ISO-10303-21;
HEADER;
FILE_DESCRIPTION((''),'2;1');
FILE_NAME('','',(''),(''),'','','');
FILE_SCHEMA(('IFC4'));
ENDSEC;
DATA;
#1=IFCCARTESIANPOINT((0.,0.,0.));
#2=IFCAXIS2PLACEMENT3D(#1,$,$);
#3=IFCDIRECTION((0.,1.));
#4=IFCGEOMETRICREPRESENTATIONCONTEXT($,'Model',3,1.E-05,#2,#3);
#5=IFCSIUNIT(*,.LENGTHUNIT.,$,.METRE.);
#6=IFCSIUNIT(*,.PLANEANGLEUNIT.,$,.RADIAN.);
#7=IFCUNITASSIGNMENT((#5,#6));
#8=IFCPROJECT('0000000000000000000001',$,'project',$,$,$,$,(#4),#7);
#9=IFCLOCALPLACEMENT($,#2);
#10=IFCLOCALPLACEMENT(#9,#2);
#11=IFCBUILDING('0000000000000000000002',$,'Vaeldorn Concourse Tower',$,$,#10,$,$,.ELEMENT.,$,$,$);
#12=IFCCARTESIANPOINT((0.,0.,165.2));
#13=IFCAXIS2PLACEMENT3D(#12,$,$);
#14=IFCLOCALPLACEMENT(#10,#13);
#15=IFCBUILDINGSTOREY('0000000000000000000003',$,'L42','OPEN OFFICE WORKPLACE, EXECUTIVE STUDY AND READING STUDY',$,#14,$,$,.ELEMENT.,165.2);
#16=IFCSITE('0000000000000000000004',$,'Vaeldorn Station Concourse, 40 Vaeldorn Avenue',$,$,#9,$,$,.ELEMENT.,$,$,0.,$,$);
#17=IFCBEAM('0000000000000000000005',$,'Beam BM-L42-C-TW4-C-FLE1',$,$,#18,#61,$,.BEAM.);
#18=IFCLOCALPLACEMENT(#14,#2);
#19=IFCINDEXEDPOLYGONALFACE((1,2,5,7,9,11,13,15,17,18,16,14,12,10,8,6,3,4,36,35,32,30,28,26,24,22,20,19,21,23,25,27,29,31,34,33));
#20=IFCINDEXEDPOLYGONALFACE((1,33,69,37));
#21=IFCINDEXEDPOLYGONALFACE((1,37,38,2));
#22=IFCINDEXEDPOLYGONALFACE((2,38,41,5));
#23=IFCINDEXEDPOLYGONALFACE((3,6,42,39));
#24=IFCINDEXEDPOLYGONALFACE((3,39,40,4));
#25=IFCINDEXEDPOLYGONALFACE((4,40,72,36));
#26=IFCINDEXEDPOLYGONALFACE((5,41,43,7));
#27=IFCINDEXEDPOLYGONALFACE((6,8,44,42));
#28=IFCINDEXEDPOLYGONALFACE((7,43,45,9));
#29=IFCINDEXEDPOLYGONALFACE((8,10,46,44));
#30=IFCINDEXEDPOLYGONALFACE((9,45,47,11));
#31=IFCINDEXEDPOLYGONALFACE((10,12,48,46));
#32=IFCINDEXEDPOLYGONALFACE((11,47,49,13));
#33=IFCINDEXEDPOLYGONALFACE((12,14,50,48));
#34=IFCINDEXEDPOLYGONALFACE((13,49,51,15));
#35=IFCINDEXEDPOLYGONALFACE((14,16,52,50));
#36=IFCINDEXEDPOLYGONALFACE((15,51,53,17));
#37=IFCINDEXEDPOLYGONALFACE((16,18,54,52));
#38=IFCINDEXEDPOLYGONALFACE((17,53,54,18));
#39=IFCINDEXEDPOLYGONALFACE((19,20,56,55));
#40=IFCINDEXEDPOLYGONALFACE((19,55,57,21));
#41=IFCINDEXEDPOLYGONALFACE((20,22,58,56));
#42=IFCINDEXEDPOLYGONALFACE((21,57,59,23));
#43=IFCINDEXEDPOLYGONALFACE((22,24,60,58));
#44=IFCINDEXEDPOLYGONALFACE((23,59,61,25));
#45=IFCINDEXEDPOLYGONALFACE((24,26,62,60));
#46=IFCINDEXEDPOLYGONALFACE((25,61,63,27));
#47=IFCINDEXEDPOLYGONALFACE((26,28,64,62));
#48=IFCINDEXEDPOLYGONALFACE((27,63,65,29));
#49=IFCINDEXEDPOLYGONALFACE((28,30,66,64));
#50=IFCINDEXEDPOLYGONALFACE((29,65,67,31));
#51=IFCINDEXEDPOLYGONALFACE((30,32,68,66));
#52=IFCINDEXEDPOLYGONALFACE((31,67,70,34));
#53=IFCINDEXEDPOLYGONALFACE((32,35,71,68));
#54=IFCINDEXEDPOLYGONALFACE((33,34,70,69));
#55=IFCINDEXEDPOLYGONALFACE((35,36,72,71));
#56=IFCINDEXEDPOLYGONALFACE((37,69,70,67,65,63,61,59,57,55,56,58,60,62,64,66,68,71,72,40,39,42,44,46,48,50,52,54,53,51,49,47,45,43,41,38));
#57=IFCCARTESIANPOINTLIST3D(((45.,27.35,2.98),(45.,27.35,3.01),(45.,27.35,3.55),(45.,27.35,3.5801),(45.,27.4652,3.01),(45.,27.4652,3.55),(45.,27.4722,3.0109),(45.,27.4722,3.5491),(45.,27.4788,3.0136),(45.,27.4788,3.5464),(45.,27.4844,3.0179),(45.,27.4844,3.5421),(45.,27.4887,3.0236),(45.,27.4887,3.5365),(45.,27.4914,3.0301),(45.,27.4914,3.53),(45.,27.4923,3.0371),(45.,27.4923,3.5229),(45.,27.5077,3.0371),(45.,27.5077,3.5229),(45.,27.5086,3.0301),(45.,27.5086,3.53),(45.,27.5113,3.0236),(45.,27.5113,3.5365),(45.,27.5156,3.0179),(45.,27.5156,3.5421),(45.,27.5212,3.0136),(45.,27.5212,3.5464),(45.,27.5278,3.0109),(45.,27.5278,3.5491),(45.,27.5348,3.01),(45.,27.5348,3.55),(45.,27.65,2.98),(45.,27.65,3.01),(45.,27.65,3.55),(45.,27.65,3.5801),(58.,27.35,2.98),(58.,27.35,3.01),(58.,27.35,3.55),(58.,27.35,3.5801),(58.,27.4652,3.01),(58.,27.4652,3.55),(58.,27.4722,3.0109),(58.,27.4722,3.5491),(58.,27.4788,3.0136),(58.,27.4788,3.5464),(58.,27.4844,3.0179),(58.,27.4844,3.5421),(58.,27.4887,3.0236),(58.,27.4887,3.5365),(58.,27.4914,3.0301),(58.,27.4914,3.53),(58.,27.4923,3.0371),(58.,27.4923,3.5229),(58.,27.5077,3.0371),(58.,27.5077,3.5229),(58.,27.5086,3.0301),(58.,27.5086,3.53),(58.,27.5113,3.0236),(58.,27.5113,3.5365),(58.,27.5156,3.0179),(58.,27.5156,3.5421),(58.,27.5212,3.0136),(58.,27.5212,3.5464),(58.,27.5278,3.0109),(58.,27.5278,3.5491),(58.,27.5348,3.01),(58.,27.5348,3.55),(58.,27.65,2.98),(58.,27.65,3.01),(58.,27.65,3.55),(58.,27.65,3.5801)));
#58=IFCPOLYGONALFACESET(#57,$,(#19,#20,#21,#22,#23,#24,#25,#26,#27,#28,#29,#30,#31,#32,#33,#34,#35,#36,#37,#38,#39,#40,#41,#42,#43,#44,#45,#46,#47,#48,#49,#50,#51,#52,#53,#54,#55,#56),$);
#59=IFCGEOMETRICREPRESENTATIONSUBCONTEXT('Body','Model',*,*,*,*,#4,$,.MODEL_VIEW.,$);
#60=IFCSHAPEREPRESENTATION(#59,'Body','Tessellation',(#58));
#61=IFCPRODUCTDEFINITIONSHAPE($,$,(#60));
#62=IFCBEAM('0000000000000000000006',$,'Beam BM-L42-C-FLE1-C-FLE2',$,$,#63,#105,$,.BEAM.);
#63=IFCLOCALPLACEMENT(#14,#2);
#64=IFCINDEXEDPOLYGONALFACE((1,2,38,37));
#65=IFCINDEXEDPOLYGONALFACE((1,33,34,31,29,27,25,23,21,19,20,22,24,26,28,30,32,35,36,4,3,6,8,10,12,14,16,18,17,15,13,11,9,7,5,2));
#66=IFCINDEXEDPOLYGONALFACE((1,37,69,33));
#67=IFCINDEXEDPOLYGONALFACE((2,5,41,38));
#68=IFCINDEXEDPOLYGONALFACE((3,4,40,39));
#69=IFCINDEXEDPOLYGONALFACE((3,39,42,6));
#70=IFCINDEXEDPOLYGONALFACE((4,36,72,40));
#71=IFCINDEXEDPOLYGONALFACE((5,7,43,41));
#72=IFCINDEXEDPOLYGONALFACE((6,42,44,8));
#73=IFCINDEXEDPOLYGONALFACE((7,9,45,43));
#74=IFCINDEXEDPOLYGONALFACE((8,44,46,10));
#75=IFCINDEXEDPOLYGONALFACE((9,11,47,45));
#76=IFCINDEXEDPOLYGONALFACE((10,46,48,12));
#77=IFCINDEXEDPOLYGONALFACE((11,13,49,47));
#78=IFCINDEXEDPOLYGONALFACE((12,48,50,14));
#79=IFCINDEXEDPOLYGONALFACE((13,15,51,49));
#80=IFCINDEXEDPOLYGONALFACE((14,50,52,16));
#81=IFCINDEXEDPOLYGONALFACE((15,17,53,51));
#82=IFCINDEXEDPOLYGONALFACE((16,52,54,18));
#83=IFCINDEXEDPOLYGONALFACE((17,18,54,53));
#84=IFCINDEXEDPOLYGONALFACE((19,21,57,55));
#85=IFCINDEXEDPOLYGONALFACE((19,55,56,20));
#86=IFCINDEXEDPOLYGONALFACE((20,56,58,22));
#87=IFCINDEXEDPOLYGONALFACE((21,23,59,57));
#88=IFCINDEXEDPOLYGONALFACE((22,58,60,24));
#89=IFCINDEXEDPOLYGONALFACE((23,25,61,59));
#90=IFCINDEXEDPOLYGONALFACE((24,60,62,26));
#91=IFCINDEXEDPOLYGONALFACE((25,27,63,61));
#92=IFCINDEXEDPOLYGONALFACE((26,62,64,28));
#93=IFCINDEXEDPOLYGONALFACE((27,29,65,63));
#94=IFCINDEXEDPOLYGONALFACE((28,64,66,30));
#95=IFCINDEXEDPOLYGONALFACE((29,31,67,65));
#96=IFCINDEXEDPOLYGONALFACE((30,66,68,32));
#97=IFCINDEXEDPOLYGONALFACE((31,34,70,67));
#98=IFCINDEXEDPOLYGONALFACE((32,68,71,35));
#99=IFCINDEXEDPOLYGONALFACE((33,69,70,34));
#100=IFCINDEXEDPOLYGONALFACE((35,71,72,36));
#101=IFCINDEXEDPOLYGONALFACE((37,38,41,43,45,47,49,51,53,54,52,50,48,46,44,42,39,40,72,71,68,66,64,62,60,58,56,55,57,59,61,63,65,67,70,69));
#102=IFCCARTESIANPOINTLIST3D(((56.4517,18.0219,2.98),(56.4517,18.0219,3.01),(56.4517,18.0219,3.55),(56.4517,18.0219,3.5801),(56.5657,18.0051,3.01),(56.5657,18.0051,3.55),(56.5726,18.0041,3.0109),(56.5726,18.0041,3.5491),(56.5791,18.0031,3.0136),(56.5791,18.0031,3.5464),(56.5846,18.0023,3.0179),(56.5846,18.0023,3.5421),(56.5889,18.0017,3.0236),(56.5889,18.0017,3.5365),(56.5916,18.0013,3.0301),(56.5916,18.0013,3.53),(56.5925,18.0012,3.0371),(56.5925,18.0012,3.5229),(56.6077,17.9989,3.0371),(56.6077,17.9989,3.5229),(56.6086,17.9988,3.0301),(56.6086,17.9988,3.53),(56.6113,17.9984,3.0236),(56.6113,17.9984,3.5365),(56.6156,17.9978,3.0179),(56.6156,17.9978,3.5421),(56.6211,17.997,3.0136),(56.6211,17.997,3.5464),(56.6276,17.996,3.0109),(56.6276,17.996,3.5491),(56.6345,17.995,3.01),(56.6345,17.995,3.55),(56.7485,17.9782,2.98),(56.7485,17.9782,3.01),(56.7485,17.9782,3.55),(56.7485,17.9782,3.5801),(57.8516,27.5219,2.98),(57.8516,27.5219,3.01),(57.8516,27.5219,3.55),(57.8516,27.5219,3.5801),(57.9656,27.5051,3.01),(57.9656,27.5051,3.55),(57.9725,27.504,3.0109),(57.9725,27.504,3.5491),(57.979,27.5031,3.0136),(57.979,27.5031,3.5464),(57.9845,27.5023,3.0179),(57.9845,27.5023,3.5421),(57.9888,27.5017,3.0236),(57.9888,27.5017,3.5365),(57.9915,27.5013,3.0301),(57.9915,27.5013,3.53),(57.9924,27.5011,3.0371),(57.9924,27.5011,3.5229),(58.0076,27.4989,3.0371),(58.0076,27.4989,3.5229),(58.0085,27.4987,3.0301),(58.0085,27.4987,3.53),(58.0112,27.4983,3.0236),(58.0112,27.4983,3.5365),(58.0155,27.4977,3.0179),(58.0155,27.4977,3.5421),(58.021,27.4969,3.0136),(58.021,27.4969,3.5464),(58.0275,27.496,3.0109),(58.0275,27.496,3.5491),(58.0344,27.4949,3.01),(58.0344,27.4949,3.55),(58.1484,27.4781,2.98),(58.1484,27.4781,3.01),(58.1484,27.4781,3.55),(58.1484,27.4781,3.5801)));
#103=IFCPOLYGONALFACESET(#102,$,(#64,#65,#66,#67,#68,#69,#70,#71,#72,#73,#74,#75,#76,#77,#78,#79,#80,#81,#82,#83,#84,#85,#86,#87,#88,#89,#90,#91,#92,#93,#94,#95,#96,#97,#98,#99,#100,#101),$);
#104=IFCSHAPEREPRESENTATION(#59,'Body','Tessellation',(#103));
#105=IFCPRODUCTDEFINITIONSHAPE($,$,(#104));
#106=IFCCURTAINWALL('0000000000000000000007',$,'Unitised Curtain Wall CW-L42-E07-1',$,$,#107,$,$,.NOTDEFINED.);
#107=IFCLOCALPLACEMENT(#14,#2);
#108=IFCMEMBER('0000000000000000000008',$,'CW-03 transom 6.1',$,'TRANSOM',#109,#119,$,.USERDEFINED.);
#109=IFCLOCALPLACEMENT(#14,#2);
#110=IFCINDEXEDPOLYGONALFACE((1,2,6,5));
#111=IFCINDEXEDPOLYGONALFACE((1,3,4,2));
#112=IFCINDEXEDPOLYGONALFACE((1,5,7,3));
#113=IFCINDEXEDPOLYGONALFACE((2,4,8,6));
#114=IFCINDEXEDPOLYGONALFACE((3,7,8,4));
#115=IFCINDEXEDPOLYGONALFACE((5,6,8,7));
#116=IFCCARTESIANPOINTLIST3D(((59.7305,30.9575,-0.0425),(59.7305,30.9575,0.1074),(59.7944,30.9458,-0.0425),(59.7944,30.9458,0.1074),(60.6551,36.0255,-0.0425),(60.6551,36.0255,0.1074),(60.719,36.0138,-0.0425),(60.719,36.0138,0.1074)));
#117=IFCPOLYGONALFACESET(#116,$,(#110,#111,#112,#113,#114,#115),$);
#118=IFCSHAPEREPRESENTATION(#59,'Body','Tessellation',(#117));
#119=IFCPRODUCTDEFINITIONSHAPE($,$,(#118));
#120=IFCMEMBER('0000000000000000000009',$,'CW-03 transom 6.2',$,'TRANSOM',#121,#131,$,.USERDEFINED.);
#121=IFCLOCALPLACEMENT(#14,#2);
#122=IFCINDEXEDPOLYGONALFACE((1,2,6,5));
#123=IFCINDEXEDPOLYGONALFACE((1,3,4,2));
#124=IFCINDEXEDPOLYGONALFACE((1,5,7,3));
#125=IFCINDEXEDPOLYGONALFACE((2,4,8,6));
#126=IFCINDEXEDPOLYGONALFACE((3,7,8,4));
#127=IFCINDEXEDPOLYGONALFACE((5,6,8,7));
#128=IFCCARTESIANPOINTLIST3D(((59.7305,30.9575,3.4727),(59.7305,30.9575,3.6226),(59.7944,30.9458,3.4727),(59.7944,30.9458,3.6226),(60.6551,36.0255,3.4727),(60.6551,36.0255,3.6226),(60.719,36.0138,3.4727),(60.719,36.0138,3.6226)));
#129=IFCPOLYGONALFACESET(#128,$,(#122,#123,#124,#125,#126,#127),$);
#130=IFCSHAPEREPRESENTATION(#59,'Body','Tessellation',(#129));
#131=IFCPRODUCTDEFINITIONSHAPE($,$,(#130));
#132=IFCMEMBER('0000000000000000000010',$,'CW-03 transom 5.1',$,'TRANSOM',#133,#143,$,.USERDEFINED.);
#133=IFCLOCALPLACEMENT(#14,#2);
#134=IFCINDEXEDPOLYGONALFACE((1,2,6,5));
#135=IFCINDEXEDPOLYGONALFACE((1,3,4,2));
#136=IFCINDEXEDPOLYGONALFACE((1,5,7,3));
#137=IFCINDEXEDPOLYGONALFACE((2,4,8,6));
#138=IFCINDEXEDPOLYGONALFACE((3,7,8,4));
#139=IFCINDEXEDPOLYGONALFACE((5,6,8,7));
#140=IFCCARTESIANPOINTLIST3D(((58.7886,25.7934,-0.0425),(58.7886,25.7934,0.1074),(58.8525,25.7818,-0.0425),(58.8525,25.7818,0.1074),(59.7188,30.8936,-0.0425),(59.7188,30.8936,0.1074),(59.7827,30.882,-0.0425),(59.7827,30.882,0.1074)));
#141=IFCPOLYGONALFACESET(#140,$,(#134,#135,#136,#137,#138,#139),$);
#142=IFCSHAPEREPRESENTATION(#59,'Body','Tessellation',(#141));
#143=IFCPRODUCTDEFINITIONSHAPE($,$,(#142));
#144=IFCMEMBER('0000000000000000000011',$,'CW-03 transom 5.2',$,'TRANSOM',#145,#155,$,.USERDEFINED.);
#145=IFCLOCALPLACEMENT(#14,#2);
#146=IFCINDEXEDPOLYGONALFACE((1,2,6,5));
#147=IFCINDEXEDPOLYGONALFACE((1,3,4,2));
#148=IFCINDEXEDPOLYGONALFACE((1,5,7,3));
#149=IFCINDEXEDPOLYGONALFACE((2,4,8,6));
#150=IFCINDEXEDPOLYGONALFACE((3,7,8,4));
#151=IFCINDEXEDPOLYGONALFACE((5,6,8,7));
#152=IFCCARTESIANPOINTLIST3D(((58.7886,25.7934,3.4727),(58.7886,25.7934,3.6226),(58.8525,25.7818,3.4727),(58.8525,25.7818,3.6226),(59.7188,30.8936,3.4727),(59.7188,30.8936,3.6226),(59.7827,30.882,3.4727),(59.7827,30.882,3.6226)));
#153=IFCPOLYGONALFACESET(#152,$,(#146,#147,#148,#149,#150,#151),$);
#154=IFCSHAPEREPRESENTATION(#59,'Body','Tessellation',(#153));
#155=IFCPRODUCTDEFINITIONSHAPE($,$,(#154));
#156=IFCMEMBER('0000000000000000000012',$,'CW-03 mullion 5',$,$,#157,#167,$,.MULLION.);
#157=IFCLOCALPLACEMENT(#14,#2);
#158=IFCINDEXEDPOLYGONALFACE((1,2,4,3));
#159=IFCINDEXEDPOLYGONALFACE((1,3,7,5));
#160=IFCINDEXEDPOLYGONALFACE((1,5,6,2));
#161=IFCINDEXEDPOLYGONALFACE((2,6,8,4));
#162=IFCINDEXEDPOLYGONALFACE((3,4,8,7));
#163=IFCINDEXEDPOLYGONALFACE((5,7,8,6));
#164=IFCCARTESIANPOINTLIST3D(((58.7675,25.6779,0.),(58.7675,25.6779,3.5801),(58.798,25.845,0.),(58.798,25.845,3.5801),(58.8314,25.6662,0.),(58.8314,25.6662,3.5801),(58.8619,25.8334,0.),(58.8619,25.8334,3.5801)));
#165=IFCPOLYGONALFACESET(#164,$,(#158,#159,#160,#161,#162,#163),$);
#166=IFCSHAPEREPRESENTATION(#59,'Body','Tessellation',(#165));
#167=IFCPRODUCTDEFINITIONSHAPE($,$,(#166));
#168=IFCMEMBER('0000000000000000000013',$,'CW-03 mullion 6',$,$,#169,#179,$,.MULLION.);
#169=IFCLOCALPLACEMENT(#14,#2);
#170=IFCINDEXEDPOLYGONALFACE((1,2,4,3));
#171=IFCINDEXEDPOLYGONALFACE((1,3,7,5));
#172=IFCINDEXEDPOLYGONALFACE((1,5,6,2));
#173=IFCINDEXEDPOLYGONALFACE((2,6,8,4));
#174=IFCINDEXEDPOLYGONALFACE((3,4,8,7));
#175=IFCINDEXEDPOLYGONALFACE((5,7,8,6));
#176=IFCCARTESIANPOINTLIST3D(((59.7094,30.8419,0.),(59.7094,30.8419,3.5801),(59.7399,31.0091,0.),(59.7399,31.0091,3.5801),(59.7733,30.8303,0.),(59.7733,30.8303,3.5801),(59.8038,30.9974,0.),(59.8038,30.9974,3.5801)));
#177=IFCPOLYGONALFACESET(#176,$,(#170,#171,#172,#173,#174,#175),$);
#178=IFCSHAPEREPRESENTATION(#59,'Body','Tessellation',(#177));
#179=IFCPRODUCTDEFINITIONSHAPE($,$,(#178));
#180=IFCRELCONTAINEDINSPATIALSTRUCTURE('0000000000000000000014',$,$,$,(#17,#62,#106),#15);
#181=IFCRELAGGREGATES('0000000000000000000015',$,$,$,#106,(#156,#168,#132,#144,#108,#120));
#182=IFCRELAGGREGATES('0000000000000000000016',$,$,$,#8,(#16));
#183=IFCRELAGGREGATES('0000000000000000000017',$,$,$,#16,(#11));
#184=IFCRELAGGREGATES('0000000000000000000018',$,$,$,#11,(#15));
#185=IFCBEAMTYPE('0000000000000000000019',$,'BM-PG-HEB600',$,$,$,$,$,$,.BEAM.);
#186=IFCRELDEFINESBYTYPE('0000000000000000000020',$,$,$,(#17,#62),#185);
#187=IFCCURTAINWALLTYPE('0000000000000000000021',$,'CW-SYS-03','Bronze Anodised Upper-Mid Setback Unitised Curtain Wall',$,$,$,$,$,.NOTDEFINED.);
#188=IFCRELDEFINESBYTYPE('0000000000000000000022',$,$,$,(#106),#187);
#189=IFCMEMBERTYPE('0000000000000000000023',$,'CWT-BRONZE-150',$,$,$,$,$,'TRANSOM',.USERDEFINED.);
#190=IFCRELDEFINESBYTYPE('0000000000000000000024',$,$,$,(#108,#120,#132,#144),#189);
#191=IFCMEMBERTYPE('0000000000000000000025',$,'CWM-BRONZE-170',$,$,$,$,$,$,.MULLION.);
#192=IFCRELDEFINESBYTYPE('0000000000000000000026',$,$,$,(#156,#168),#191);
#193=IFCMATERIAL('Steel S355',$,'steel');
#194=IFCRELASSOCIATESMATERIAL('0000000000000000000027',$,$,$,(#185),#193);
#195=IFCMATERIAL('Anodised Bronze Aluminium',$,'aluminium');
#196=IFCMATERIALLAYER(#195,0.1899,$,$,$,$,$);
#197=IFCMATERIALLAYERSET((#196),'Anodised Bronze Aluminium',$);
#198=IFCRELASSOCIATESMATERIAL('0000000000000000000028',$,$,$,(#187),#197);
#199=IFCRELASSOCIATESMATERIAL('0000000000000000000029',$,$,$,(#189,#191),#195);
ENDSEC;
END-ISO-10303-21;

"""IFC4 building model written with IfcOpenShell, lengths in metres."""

from ifc_helpers import new_model, si_unit, direction, frame, origin, origin_2d, place, context, subcontext, project, spatial, rectangle, i_section, extrude, source, transform, mapped, material, layer, layer_set, material_profile, profile_set, type_object, element, aggregate, save


model = new_model("IFC4")

# Units and contexts
model_context = context("Model", 3, precision=1e-05, world=origin(), true_north=direction((0.0, 1.0)))
body_context = subcontext(model_context, "Body", "Model", "MODEL_VIEW")
ifc_project = project(units=[si_unit("LENGTHUNIT", "METRE"), si_unit("PLANEANGLEUNIT", "RADIAN")], contexts=[model_context])

# Site, building, storey
site_placement = place(None, origin())
site = spatial("IfcSite", under=ifc_project, at=site_placement, Name="Vaeldorn Station Concourse, 40 Vaeldorn Avenue", CompositionType="ELEMENT", RefElevation=0.0)
building_placement = place(site_placement, origin())
building = spatial("IfcBuilding", under=site, at=building_placement, Name="Vaeldorn Concourse Tower", CompositionType="ELEMENT")
storey_placement = place(building_placement, frame((0.0, 0.0, 165.2)))
storey = spatial("IfcBuildingStorey", under=building, at=storey_placement, Name="L42", Description="OPEN OFFICE WORKPLACE, EXECUTIVE STUDY AND READING STUDY", CompositionType="ELEMENT", Elevation=165.2)

# Beams
ifc_material_1 = material(Name="Steel S355", Category="steel")
ifc_material_profile_1 = material_profile(ifc_material_1, i_section(OverallWidth=0.3, OverallDepth=0.6001, WebThickness=0.0154, FlangeThickness=0.03, FilletRadius=0.0271, at=origin_2d()), Name="HEB 600")
ifc_profile_set_1 = profile_set([ifc_material_profile_1], Name="Steel S355")
beam_type_1 = type_object("IfcBeamType", Name="BM-PG-HEB600", PredefinedType="BEAM", material=ifc_profile_set_1)
shared_shape_1 = source(origin(), body_context, "Body", "SweptSolid", [
    extrude(i_section(OverallWidth=0.3, OverallDepth=0.6001, WebThickness=0.0154, FlangeThickness=0.03, FilletRadius=0.0271, at=origin_2d()), origin(), (0.0, 0.0, 1.0), 13.0),
])
beam_1_placement = place(storey_placement, frame((45.0, 27.5, 3.28), z_axis=(1.0, 0.0, 0.0), x_axis=(0.0, 1.0, 0.0)))
element("IfcBeam", 1, at=beam_1_placement, inside=storey, type_object=beam_type_1, Name="Beam BM-L42-C-TW4-C-FLE1", PredefinedType="BEAM", context=body_context, shape_type="MappedRepresentation", body=[
    mapped(shared_shape_1, transform((0.0, 0.0, 0.0), scale=1.0)),
])
shared_shape_2 = source(origin(), body_context, "Body", "SweptSolid", [
    extrude(i_section(OverallWidth=0.3, OverallDepth=0.6001, WebThickness=0.0154, FlangeThickness=0.03, FilletRadius=0.0271, at=origin_2d()), origin(), (0.0, 0.0, 1.0), 9.6025),
])
beam_2_placement = place(storey_placement, frame((58.0, 27.5, 3.28), z_axis=(-0.145784, -0.989316, 0.0), x_axis=(0.989316, -0.145784, 0.0)))
element("IfcBeam", 2, at=beam_2_placement, inside=storey, type_object=beam_type_1, Name="Beam BM-L42-C-FLE1-C-FLE2", PredefinedType="BEAM", context=body_context, shape_type="MappedRepresentation", body=[
    mapped(shared_shape_2, transform((0.0, 0.0, 0.0), scale=1.0)),
])

# Curtain wall, members
ifc_material_2 = material(Name="Anodised Bronze Aluminium", Category="aluminium")
ifc_layer_1 = layer(ifc_material_2, 0.1899)
ifc_layer_set_1 = layer_set([ifc_layer_1], Name="Anodised Bronze Aluminium")
curtain_wall_type = type_object("IfcCurtainWallType", Name="CW-SYS-03", Description="Bronze Anodised Upper-Mid Setback Unitised Curtain Wall", PredefinedType="NOTDEFINED", material=ifc_layer_set_1)
curtain_wall_placement = place(storey_placement, origin())
curtain_wall = element("IfcCurtainWall", 3, at=curtain_wall_placement, inside=storey, type_object=curtain_wall_type, Name="Unitised Curtain Wall CW-L42-E07-1", PredefinedType="NOTDEFINED")
ifc_material_profile_2 = material_profile(ifc_material_2, rectangle(XDim=0.0649, YDim=0.1499, at=origin_2d()), Name="CWT 65x150")
ifc_profile_set_2 = profile_set([ifc_material_profile_2], Name="Anodised Bronze Aluminium")
member_type_1 = type_object("IfcMemberType", Name="CWT-BRONZE-150", ElementType="TRANSOM", PredefinedType="USERDEFINED", material=ifc_profile_set_2)
shared_shape_3 = source(origin(), body_context, "Body", "SweptSolid", [
    extrude(rectangle(XDim=0.0649, YDim=0.1499, at=origin_2d()), origin(), (0.0, 0.0, 1.0), 5.1516),
])
member_1_placement = place(storey_placement, frame((59.7625, 30.9517, 0.0325), z_axis=(0.179473, 0.983763, 0.0), x_axis=(-0.983763, 0.179473, 0.0)))
member_1 = element("IfcMember", 4, at=member_1_placement, type_object=member_type_1, Name="CW-03 transom 6.1", ObjectType="TRANSOM", PredefinedType="USERDEFINED", context=body_context, shape_type="MappedRepresentation", body=[
    mapped(shared_shape_3, transform((0.0, 0.0, 0.0), scale=1.0)),
])
member_2_placement = place(storey_placement, frame((59.7625, 30.9517, 3.5476), z_axis=(0.179473, 0.983763, 0.0), x_axis=(-0.983763, 0.179473, 0.0)))
member_2 = element("IfcMember", 5, at=member_2_placement, type_object=member_type_1, Name="CW-03 transom 6.2", ObjectType="TRANSOM", PredefinedType="USERDEFINED", context=body_context, shape_type="MappedRepresentation", body=[
    mapped(shared_shape_3, transform((0.0, 0.0, 0.0), scale=1.0)),
])
shared_shape_4 = source(origin(), body_context, "Body", "SweptSolid", [
    extrude(rectangle(XDim=0.0649, YDim=0.1499, at=origin_2d()), origin(), (0.0, 0.0, 1.0), 5.1843),
])
member_3_placement = place(storey_placement, frame((58.8206, 25.7876, 0.0325), z_axis=(0.179424, 0.983772, 0.0), x_axis=(-0.983772, 0.179424, 0.0)))
member_3 = element("IfcMember", 6, at=member_3_placement, type_object=member_type_1, Name="CW-03 transom 5.1", ObjectType="TRANSOM", PredefinedType="USERDEFINED", context=body_context, shape_type="MappedRepresentation", body=[
    mapped(shared_shape_4, transform((0.0, 0.0, 0.0), scale=1.0)),
])
member_4_placement = place(storey_placement, frame((58.8206, 25.7876, 3.5476), z_axis=(0.179424, 0.983772, 0.0), x_axis=(-0.983772, 0.179424, 0.0)))
member_4 = element("IfcMember", 7, at=member_4_placement, type_object=member_type_1, Name="CW-03 transom 5.2", ObjectType="TRANSOM", PredefinedType="USERDEFINED", context=body_context, shape_type="MappedRepresentation", body=[
    mapped(shared_shape_4, transform((0.0, 0.0, 0.0), scale=1.0)),
])
ifc_material_profile_3 = material_profile(ifc_material_2, rectangle(XDim=0.0649, YDim=0.1699, at=origin_2d()), Name="CWM 65x170")
ifc_profile_set_3 = profile_set([ifc_material_profile_3], Name="Anodised Bronze Aluminium")
member_type_2 = type_object("IfcMemberType", Name="CWM-BRONZE-170", PredefinedType="MULLION", material=ifc_profile_set_3)
shared_shape_5 = source(origin(), body_context, "Body", "SweptSolid", [
    extrude(rectangle(XDim=0.0649, YDim=0.1699, at=origin_2d()), origin(), (0.0, 0.0, 1.0), 3.5801),
])
member_5_placement = place(storey_placement, frame((58.8147, 25.7556, 0.0), z_axis=(0.0, 0.0, 1.0), x_axis=(-0.983768, 0.179446, 0.0)))
member_5 = element("IfcMember", 8, at=member_5_placement, type_object=member_type_2, Name="CW-03 mullion 5", PredefinedType="MULLION", context=body_context, shape_type="MappedRepresentation", body=[
    mapped(shared_shape_5, transform((0.0, 0.0, 0.0), scale=1.0)),
])
member_6_placement = place(storey_placement, frame((59.7566, 30.9197, 0.0), z_axis=(0.0, 0.0, 1.0), x_axis=(-0.983768, 0.179446, 0.0)))
member_6 = element("IfcMember", 9, at=member_6_placement, type_object=member_type_2, Name="CW-03 mullion 6", PredefinedType="MULLION", context=body_context, shape_type="MappedRepresentation", body=[
    mapped(shared_shape_5, transform((0.0, 0.0, 0.0), scale=1.0)),
])
aggregate(curtain_wall, [member_5, member_6, member_3, member_4, member_1, member_2])

save(model, "model.ifc")
